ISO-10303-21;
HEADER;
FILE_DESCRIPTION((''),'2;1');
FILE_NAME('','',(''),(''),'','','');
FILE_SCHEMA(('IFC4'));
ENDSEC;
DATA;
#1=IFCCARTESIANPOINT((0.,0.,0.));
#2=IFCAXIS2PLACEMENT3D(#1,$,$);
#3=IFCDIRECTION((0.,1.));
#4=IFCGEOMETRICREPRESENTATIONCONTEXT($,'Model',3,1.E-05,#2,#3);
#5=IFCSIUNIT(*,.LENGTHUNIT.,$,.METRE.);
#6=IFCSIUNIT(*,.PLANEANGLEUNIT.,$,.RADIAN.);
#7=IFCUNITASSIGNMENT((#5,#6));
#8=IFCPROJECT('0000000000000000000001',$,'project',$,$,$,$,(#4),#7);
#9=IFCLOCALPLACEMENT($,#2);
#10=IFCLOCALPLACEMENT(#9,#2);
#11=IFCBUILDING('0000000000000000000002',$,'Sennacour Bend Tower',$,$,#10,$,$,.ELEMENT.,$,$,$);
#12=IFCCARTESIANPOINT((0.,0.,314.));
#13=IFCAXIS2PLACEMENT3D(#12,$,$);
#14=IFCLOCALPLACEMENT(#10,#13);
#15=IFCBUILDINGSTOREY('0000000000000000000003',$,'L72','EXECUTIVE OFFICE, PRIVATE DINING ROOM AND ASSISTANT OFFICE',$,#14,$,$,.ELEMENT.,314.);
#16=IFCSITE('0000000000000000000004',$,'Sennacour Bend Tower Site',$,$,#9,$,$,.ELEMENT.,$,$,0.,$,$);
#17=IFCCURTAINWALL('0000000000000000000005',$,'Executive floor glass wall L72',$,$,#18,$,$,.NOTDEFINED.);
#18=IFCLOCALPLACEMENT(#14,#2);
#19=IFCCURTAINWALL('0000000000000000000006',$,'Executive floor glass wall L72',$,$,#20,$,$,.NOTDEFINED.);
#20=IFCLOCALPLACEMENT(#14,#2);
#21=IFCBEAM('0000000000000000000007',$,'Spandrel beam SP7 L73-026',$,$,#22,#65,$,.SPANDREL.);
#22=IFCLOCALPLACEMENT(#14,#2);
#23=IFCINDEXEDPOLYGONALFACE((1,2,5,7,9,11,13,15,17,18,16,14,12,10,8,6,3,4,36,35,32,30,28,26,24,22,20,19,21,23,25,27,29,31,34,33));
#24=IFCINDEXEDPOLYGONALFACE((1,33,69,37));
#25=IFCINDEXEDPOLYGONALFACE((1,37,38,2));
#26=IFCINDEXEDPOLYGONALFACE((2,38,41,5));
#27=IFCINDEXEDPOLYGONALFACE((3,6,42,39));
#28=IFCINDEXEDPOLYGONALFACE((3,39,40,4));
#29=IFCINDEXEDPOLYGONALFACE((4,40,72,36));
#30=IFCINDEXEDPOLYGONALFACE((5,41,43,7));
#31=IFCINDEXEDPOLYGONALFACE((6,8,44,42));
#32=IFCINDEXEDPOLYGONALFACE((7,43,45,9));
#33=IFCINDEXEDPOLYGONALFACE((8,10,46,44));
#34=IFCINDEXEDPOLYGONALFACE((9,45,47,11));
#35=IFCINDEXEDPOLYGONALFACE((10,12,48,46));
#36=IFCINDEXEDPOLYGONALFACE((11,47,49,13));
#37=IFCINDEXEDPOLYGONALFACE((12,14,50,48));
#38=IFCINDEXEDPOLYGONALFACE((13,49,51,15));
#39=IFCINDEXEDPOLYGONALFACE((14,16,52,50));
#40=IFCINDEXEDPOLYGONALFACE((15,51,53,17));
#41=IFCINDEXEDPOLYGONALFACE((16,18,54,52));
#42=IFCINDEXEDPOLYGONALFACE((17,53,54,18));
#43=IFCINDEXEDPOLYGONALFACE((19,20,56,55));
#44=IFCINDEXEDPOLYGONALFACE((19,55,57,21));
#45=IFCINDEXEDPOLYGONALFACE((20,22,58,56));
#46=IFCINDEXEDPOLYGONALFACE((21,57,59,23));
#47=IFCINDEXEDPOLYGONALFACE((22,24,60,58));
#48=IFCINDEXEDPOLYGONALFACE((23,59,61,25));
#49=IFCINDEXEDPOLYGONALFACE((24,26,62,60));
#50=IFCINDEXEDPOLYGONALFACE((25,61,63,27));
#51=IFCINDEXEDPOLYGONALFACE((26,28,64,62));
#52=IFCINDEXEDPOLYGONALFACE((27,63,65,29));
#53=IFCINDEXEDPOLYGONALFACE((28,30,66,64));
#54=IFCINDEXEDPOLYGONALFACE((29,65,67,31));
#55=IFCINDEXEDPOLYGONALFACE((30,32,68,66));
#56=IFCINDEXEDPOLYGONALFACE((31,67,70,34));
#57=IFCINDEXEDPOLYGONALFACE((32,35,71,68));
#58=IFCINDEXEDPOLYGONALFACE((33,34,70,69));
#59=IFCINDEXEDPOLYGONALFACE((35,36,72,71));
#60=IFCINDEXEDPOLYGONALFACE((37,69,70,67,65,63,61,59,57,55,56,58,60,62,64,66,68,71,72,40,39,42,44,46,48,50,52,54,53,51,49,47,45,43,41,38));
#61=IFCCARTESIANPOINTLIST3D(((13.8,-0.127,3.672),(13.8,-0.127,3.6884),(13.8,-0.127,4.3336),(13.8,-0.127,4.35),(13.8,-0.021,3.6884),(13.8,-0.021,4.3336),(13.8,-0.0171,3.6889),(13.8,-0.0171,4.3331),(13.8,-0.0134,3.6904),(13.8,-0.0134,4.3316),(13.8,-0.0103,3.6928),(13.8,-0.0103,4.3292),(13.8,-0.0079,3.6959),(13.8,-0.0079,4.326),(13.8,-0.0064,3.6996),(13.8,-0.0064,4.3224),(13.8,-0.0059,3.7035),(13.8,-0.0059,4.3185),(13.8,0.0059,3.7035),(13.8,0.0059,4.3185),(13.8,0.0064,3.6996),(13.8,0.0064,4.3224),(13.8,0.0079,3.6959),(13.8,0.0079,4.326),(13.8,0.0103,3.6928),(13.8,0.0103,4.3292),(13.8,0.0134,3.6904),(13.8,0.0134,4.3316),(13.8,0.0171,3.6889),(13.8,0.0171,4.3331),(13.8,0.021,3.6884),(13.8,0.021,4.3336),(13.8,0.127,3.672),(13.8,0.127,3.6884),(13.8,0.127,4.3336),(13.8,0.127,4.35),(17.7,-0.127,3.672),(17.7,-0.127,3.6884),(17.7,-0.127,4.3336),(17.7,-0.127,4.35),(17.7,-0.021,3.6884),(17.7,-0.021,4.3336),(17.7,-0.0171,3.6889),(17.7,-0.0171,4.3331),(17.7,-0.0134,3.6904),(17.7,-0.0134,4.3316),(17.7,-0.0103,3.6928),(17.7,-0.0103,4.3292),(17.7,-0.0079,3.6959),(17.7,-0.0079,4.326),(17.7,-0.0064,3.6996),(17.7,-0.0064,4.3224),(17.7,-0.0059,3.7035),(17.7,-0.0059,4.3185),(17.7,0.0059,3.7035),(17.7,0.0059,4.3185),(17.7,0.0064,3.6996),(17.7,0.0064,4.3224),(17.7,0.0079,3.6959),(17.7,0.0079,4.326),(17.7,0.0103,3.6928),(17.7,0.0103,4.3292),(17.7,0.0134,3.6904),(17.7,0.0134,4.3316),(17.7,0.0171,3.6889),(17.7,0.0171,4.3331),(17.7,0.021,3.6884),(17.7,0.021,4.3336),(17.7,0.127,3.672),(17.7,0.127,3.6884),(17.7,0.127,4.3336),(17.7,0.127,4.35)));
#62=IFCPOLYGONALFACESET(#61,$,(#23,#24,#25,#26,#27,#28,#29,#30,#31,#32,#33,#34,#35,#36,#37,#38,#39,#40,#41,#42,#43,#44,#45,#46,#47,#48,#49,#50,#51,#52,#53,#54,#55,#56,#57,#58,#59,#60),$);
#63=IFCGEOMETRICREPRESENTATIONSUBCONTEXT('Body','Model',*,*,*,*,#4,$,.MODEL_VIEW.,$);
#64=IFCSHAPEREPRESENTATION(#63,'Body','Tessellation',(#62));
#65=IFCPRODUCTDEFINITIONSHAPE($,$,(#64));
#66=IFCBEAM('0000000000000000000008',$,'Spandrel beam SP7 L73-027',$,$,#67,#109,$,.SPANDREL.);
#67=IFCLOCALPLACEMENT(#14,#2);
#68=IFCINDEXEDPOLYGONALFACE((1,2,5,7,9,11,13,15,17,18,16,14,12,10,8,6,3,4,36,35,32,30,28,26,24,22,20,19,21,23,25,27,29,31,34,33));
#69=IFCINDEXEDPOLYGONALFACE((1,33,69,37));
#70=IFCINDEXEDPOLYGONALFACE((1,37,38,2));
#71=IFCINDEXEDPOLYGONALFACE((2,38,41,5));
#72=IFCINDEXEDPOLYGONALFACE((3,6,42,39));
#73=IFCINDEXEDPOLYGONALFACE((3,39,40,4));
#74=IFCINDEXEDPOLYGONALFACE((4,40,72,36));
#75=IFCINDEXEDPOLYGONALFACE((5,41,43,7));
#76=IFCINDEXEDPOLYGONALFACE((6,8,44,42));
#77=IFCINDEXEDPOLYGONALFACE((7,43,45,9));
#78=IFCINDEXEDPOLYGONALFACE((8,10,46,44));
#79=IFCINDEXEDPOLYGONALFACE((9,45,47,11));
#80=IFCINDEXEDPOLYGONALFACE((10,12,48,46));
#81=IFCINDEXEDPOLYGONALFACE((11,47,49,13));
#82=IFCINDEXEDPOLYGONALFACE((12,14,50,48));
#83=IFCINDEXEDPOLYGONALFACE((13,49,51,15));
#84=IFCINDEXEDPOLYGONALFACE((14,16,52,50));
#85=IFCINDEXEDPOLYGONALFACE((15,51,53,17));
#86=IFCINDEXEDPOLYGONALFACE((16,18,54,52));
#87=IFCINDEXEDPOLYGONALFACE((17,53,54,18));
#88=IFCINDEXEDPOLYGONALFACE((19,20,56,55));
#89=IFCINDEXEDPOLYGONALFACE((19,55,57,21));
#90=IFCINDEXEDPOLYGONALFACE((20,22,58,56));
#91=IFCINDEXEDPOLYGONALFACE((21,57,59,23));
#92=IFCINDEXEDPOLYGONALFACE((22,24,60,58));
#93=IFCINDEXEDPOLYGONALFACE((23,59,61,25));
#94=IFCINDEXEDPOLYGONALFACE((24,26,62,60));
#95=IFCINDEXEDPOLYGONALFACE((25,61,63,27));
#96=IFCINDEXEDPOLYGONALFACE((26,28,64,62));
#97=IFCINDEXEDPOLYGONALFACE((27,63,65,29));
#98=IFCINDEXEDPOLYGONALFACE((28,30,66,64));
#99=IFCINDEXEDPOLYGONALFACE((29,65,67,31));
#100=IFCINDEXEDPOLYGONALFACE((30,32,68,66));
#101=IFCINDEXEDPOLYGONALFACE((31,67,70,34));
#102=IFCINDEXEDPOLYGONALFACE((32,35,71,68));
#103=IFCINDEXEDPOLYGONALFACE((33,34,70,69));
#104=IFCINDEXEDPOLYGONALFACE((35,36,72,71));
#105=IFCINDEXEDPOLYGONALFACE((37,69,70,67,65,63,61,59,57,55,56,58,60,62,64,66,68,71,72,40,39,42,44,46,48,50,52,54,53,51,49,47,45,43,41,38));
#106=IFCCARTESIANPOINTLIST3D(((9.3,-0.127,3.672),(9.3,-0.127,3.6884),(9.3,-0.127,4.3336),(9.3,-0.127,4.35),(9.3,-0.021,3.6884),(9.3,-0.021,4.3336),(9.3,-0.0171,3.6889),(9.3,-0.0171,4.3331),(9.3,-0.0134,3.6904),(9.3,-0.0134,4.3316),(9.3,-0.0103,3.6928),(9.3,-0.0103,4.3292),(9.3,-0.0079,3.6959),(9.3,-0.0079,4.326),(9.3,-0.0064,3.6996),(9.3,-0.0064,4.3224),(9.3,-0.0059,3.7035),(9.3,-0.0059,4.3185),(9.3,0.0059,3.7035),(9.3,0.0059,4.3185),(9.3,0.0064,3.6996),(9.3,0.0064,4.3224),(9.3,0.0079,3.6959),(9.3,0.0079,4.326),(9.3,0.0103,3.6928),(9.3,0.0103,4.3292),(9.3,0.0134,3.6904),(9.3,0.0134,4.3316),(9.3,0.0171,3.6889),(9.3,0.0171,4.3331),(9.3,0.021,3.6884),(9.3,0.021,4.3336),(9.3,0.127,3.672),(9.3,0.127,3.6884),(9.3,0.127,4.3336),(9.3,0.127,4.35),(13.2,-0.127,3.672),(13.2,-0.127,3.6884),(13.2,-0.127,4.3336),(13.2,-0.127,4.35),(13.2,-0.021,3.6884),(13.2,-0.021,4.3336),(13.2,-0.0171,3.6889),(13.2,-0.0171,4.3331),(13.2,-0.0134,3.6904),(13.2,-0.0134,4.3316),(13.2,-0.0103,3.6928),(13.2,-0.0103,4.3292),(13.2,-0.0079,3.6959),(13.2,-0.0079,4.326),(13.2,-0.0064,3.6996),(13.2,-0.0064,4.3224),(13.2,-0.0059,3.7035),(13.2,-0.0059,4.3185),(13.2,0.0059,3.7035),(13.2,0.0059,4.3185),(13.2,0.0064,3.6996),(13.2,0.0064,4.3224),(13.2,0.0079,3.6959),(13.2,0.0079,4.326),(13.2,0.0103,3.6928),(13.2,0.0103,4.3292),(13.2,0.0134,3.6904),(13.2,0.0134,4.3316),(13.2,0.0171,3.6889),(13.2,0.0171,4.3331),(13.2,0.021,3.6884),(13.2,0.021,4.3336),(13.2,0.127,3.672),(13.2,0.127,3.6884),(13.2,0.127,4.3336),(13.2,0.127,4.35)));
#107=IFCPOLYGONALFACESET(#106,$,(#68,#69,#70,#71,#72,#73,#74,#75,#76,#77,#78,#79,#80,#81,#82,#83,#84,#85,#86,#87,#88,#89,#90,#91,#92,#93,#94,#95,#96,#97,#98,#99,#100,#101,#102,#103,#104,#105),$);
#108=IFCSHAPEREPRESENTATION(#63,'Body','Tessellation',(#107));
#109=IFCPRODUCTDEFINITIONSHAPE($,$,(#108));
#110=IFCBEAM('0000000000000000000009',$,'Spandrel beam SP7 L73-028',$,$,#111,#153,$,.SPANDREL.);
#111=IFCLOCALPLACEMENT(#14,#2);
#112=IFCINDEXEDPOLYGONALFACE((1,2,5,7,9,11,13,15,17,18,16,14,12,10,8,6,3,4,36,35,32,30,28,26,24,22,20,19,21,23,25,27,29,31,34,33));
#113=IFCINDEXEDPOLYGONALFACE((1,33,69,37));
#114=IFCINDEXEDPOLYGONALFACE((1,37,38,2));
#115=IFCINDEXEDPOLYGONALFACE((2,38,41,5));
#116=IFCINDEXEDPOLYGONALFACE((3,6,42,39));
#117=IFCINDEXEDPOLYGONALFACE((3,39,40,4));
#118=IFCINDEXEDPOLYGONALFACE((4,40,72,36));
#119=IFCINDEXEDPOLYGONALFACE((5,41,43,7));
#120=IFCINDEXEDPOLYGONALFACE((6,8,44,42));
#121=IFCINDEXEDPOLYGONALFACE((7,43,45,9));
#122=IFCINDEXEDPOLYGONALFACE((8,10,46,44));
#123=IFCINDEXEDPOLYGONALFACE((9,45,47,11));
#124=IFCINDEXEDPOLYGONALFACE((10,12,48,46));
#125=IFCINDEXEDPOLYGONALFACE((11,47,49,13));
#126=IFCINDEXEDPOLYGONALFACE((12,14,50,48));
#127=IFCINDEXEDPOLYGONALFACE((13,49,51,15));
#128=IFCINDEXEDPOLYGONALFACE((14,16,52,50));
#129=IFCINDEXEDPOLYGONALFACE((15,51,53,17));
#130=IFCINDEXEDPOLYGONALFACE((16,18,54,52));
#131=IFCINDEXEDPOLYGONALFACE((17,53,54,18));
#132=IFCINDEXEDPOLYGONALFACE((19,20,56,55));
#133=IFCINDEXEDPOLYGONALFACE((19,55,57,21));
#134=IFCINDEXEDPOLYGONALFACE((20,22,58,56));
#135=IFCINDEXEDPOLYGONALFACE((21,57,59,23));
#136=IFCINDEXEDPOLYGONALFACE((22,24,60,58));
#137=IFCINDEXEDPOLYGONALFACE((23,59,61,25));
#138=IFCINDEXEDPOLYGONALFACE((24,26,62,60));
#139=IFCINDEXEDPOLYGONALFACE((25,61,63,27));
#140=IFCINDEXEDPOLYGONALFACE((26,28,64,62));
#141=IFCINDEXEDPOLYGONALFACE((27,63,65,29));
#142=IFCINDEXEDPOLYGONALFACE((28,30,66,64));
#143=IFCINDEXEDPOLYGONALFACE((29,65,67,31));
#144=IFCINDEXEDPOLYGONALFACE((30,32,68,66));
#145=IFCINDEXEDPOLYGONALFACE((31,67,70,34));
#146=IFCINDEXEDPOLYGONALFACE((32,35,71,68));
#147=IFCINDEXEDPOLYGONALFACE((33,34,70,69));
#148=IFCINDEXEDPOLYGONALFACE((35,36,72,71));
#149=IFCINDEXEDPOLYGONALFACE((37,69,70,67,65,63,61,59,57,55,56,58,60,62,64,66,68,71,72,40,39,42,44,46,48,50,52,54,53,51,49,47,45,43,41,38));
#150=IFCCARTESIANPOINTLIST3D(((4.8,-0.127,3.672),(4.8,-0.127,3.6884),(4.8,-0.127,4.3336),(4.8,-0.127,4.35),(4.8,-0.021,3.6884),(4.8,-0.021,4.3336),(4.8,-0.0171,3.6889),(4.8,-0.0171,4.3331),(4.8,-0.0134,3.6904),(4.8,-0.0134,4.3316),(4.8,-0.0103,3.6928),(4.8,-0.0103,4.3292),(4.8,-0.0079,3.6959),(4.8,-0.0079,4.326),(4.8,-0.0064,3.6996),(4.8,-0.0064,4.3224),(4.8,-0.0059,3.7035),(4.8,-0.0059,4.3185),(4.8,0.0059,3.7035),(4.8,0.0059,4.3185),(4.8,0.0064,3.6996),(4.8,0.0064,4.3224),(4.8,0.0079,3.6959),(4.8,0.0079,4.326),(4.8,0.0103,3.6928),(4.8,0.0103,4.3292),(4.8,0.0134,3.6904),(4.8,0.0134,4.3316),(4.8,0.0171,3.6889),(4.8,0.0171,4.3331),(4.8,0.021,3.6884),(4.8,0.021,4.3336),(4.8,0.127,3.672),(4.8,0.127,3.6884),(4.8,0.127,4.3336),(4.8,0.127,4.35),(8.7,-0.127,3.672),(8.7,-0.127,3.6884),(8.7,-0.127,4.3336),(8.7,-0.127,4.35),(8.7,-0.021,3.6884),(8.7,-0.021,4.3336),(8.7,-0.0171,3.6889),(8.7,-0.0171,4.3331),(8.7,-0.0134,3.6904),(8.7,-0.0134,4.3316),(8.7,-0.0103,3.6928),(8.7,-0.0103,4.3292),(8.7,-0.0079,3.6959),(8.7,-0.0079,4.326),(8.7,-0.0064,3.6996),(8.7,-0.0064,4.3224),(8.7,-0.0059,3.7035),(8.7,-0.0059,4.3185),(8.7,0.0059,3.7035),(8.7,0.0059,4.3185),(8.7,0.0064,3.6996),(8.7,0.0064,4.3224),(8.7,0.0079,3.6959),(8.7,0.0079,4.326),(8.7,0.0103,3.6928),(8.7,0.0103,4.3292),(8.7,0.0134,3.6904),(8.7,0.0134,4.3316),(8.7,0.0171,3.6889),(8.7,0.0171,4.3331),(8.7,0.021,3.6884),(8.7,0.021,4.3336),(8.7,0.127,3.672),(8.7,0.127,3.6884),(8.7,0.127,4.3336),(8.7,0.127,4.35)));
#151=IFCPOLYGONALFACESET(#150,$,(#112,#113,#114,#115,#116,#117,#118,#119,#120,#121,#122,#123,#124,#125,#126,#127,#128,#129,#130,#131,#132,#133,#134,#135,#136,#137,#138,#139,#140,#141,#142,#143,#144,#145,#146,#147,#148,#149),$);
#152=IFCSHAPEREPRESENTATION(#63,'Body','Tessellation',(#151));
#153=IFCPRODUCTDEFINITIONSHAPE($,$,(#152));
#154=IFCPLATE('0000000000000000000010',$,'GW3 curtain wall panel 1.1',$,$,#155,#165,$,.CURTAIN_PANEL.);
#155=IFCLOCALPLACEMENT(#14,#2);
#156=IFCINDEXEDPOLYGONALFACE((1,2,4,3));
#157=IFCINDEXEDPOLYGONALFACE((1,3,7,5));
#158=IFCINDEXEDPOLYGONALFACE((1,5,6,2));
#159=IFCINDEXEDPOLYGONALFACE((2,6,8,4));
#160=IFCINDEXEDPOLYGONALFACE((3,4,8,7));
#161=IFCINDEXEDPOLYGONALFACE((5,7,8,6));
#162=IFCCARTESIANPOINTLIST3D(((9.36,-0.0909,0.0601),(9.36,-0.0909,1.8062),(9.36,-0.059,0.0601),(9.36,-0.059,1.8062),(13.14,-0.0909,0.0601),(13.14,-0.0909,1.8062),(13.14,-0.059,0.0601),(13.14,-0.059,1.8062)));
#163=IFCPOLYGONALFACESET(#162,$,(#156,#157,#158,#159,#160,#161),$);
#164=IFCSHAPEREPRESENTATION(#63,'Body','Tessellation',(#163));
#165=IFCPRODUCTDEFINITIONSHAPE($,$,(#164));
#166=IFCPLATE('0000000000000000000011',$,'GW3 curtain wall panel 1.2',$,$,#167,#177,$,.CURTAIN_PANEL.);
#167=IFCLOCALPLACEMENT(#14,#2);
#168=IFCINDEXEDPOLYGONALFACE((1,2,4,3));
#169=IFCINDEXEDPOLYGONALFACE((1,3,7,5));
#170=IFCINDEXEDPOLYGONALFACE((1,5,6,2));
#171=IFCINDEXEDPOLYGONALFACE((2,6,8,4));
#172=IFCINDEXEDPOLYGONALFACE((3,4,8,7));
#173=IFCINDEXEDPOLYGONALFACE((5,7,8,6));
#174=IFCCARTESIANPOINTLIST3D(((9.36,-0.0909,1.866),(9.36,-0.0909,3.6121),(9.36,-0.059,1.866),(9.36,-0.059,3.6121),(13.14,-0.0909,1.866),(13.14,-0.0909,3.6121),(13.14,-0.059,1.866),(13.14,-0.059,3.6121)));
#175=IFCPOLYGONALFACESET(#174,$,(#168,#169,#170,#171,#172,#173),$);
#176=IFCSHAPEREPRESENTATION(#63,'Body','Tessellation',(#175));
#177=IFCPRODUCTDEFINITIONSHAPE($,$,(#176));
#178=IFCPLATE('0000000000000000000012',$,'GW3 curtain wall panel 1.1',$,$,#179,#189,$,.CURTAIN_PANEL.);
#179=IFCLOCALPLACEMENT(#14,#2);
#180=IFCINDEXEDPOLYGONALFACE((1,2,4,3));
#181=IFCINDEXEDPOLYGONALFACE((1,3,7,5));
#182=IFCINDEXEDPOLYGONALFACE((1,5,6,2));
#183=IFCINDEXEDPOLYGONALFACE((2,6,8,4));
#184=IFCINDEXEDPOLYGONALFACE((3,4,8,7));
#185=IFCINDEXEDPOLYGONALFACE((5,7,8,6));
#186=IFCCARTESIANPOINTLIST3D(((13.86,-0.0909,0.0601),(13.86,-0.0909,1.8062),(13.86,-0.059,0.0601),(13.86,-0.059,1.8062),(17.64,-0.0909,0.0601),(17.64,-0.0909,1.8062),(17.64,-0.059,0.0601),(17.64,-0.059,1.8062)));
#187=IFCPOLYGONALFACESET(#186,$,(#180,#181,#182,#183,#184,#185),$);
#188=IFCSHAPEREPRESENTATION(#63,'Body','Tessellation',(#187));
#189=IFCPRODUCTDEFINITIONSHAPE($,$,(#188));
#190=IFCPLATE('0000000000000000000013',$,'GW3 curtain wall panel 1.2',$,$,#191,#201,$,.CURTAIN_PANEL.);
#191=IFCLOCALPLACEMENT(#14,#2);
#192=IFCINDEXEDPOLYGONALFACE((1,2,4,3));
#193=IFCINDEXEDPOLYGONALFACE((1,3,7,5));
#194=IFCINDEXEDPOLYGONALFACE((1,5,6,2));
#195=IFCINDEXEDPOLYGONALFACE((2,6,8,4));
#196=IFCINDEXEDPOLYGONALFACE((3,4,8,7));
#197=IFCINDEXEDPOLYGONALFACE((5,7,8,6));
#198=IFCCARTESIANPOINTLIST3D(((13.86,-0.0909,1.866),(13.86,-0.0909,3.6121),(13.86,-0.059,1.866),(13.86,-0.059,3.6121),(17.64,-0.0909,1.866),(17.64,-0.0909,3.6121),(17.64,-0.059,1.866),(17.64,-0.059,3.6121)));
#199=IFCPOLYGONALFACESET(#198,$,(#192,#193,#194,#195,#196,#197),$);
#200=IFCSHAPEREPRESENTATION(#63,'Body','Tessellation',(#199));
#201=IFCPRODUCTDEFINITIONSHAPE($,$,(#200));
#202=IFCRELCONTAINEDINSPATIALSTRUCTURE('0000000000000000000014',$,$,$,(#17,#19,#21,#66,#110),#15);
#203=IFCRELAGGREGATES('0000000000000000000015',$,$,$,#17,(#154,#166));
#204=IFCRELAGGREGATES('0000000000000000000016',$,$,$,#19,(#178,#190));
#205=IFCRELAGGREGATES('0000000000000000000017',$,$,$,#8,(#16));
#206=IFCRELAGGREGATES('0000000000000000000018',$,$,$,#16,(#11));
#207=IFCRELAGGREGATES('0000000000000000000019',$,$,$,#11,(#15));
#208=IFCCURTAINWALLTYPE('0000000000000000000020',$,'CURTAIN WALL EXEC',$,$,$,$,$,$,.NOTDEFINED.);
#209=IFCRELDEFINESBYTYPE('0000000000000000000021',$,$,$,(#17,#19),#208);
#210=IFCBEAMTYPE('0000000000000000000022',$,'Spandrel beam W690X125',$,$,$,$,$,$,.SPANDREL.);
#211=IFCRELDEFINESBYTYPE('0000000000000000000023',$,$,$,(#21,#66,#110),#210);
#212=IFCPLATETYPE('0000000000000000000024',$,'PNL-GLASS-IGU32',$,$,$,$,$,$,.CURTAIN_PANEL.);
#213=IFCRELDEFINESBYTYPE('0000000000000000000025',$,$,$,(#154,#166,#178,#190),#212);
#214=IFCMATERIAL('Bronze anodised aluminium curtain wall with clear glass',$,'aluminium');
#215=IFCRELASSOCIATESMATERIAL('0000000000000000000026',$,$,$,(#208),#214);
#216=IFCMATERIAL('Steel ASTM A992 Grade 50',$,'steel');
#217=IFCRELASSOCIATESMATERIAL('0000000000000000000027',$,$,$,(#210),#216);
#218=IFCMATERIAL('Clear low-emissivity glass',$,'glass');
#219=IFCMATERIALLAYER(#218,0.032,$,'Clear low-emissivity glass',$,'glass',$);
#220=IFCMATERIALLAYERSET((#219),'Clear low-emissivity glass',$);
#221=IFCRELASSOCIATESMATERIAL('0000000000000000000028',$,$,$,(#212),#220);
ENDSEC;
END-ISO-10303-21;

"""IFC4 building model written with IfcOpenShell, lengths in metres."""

from ifc_helpers import new_model, si_unit, direction, frame, origin, origin_2d, place, context, subcontext, project, spatial, rectangle, i_section, extrude, material, layer, layer_set, material_profile, profile_set, type_object, element, aggregate, save


model = new_model("IFC4")

# Units and contexts
model_context = context("Model", 3, precision=1e-05, world=origin(), true_north=direction((0.0, 1.0)))
body_context = subcontext(model_context, "Body", "Model", "MODEL_VIEW")
ifc_project = project(units=[si_unit("LENGTHUNIT", "METRE"), si_unit("PLANEANGLEUNIT", "RADIAN")], contexts=[model_context])

# Site, building, storey
site_placement = place(None, origin())
site = spatial("IfcSite", under=ifc_project, at=site_placement, Name="Sennacour Bend Tower Site", CompositionType="ELEMENT", RefElevation=0.0)
building_placement = place(site_placement, origin())
building = spatial("IfcBuilding", under=site, at=building_placement, Name="Sennacour Bend Tower", CompositionType="ELEMENT")
storey_placement = place(building_placement, frame((0.0, 0.0, 314.0)))
storey = spatial("IfcBuildingStorey", under=building, at=storey_placement, Name="L72", Description="EXECUTIVE OFFICE, PRIVATE DINING ROOM AND ASSISTANT OFFICE", CompositionType="ELEMENT", Elevation=314.0)

# Shared definitions
ifc_material_1 = material(Name="Bronze anodised aluminium curtain wall with clear glass", Category="aluminium")
curtain_wall_type = type_object("IfcCurtainWallType", Name="CURTAIN WALL EXEC", PredefinedType="NOTDEFINED", material=ifc_material_1)

# Curtain walls
curtain_wall_1_placement = place(storey_placement, origin())
curtain_wall_1 = element("IfcCurtainWall", 1, at=curtain_wall_1_placement, inside=storey, type_object=curtain_wall_type, Name="Executive floor glass wall L72", PredefinedType="NOTDEFINED")
curtain_wall_2_placement = place(storey_placement, origin())
curtain_wall_2 = element("IfcCurtainWall", 2, at=curtain_wall_2_placement, inside=storey, type_object=curtain_wall_type, Name="Executive floor glass wall L72", PredefinedType="NOTDEFINED")

# Beams
ifc_material_2 = material(Name="Steel ASTM A992 Grade 50", Category="steel")
ifc_material_profile_1 = material_profile(ifc_material_2, i_section(OverallWidth=0.2539, OverallDepth=0.678, WebThickness=0.0117, FlangeThickness=0.0164, FilletRadius=0.0151, at=origin_2d()), Name="Steel ASTM A992 Grade 50", Category="steel")
ifc_profile_set_1 = profile_set([ifc_material_profile_1], Name="Steel ASTM A992 Grade 50")
beam_type_1 = type_object("IfcBeamType", Name="Spandrel beam W690X125", PredefinedType="SPANDREL", material=ifc_profile_set_1)
for number, where, z_axis, x_axis, name in (
    (3, (17.7, 0.0, 4.011), (-1.0, 0.0, 0.0), (0.0, -1.0, 0.0), "Spandrel beam SP7 L73-026"),
    (4, (13.2, 0.0, 4.011), (-1.0, 0.0, 0.0), (0.0, -1.0, 0.0), "Spandrel beam SP7 L73-027"),
    (5, (8.7, 0.0, 4.011), (-1.0, 0.0, 0.0), (0.0, -1.0, 0.0), "Spandrel beam SP7 L73-028"),
):
    element("IfcBeam", number, at=place(storey_placement, frame(where, z_axis=z_axis, x_axis=x_axis)), inside=storey, type_object=beam_type_1, Name=name, PredefinedType="SPANDREL", context=body_context, shape_type="SweptSolid", body=[
        extrude(i_section(OverallWidth=0.2539, OverallDepth=0.678, WebThickness=0.0117, FlangeThickness=0.0164, FilletRadius=0.0151, at=origin_2d()), origin(), (0.0, 0.0, 1.0), 3.8999),
    ])

# Plates
ifc_material_3 = material(Name="Clear low-emissivity glass", Category="glass")
ifc_layer_1 = layer(ifc_material_3, 0.032, Name="Clear low-emissivity glass", Category="glass")
ifc_layer_set_1 = layer_set([ifc_layer_1], Name="Clear low-emissivity glass")
plate_type = type_object("IfcPlateType", Name="PNL-GLASS-IGU32", PredefinedType="CURTAIN_PANEL", material=ifc_layer_set_1)
plate_1_placement = place(storey_placement, frame((11.25, -0.075, 0.0601), z_axis=(0.0, 0.0, 1.0), x_axis=(1.0, 0.0, 0.0)))
plate_1 = element("IfcPlate", 6, at=plate_1_placement, type_object=plate_type, Name="GW3 curtain wall panel 1.1", PredefinedType="CURTAIN_PANEL", context=body_context, shape_type="SweptSolid", body=[
    extrude(rectangle(XDim=3.78, YDim=0.032, at=origin_2d()), origin(), (0.0, 0.0, 1.0), 1.7461),
])
plate_2_placement = place(storey_placement, frame((11.25, -0.075, 1.866), z_axis=(0.0, 0.0, 1.0), x_axis=(1.0, 0.0, 0.0)))
plate_2 = element("IfcPlate", 7, at=plate_2_placement, type_object=plate_type, Name="GW3 curtain wall panel 1.2", PredefinedType="CURTAIN_PANEL", context=body_context, shape_type="SweptSolid", body=[
    extrude(rectangle(XDim=3.78, YDim=0.032, at=origin_2d()), origin(), (0.0, 0.0, 1.0), 1.7461),
])
aggregate(curtain_wall_1, [plate_1, plate_2])
plate_3_placement = place(storey_placement, frame((15.75, -0.075, 0.0601), z_axis=(0.0, 0.0, 1.0), x_axis=(1.0, 0.0, 0.0)))
plate_3 = element("IfcPlate", 8, at=plate_3_placement, type_object=plate_type, Name="GW3 curtain wall panel 1.1", PredefinedType="CURTAIN_PANEL", context=body_context, shape_type="SweptSolid", body=[
    extrude(rectangle(XDim=3.78, YDim=0.032, at=origin_2d()), origin(), (0.0, 0.0, 1.0), 1.7461),
])
plate_4_placement = place(storey_placement, frame((15.75, -0.075, 1.866), z_axis=(0.0, 0.0, 1.0), x_axis=(1.0, 0.0, 0.0)))
plate_4 = element("IfcPlate", 9, at=plate_4_placement, type_object=plate_type, Name="GW3 curtain wall panel 1.2", PredefinedType="CURTAIN_PANEL", context=body_context, shape_type="SweptSolid", body=[
    extrude(rectangle(XDim=3.78, YDim=0.032, at=origin_2d()), origin(), (0.0, 0.0, 1.0), 1.7461),
])
aggregate(curtain_wall_2, [plate_3, plate_4])

save(model, "model.ifc")
